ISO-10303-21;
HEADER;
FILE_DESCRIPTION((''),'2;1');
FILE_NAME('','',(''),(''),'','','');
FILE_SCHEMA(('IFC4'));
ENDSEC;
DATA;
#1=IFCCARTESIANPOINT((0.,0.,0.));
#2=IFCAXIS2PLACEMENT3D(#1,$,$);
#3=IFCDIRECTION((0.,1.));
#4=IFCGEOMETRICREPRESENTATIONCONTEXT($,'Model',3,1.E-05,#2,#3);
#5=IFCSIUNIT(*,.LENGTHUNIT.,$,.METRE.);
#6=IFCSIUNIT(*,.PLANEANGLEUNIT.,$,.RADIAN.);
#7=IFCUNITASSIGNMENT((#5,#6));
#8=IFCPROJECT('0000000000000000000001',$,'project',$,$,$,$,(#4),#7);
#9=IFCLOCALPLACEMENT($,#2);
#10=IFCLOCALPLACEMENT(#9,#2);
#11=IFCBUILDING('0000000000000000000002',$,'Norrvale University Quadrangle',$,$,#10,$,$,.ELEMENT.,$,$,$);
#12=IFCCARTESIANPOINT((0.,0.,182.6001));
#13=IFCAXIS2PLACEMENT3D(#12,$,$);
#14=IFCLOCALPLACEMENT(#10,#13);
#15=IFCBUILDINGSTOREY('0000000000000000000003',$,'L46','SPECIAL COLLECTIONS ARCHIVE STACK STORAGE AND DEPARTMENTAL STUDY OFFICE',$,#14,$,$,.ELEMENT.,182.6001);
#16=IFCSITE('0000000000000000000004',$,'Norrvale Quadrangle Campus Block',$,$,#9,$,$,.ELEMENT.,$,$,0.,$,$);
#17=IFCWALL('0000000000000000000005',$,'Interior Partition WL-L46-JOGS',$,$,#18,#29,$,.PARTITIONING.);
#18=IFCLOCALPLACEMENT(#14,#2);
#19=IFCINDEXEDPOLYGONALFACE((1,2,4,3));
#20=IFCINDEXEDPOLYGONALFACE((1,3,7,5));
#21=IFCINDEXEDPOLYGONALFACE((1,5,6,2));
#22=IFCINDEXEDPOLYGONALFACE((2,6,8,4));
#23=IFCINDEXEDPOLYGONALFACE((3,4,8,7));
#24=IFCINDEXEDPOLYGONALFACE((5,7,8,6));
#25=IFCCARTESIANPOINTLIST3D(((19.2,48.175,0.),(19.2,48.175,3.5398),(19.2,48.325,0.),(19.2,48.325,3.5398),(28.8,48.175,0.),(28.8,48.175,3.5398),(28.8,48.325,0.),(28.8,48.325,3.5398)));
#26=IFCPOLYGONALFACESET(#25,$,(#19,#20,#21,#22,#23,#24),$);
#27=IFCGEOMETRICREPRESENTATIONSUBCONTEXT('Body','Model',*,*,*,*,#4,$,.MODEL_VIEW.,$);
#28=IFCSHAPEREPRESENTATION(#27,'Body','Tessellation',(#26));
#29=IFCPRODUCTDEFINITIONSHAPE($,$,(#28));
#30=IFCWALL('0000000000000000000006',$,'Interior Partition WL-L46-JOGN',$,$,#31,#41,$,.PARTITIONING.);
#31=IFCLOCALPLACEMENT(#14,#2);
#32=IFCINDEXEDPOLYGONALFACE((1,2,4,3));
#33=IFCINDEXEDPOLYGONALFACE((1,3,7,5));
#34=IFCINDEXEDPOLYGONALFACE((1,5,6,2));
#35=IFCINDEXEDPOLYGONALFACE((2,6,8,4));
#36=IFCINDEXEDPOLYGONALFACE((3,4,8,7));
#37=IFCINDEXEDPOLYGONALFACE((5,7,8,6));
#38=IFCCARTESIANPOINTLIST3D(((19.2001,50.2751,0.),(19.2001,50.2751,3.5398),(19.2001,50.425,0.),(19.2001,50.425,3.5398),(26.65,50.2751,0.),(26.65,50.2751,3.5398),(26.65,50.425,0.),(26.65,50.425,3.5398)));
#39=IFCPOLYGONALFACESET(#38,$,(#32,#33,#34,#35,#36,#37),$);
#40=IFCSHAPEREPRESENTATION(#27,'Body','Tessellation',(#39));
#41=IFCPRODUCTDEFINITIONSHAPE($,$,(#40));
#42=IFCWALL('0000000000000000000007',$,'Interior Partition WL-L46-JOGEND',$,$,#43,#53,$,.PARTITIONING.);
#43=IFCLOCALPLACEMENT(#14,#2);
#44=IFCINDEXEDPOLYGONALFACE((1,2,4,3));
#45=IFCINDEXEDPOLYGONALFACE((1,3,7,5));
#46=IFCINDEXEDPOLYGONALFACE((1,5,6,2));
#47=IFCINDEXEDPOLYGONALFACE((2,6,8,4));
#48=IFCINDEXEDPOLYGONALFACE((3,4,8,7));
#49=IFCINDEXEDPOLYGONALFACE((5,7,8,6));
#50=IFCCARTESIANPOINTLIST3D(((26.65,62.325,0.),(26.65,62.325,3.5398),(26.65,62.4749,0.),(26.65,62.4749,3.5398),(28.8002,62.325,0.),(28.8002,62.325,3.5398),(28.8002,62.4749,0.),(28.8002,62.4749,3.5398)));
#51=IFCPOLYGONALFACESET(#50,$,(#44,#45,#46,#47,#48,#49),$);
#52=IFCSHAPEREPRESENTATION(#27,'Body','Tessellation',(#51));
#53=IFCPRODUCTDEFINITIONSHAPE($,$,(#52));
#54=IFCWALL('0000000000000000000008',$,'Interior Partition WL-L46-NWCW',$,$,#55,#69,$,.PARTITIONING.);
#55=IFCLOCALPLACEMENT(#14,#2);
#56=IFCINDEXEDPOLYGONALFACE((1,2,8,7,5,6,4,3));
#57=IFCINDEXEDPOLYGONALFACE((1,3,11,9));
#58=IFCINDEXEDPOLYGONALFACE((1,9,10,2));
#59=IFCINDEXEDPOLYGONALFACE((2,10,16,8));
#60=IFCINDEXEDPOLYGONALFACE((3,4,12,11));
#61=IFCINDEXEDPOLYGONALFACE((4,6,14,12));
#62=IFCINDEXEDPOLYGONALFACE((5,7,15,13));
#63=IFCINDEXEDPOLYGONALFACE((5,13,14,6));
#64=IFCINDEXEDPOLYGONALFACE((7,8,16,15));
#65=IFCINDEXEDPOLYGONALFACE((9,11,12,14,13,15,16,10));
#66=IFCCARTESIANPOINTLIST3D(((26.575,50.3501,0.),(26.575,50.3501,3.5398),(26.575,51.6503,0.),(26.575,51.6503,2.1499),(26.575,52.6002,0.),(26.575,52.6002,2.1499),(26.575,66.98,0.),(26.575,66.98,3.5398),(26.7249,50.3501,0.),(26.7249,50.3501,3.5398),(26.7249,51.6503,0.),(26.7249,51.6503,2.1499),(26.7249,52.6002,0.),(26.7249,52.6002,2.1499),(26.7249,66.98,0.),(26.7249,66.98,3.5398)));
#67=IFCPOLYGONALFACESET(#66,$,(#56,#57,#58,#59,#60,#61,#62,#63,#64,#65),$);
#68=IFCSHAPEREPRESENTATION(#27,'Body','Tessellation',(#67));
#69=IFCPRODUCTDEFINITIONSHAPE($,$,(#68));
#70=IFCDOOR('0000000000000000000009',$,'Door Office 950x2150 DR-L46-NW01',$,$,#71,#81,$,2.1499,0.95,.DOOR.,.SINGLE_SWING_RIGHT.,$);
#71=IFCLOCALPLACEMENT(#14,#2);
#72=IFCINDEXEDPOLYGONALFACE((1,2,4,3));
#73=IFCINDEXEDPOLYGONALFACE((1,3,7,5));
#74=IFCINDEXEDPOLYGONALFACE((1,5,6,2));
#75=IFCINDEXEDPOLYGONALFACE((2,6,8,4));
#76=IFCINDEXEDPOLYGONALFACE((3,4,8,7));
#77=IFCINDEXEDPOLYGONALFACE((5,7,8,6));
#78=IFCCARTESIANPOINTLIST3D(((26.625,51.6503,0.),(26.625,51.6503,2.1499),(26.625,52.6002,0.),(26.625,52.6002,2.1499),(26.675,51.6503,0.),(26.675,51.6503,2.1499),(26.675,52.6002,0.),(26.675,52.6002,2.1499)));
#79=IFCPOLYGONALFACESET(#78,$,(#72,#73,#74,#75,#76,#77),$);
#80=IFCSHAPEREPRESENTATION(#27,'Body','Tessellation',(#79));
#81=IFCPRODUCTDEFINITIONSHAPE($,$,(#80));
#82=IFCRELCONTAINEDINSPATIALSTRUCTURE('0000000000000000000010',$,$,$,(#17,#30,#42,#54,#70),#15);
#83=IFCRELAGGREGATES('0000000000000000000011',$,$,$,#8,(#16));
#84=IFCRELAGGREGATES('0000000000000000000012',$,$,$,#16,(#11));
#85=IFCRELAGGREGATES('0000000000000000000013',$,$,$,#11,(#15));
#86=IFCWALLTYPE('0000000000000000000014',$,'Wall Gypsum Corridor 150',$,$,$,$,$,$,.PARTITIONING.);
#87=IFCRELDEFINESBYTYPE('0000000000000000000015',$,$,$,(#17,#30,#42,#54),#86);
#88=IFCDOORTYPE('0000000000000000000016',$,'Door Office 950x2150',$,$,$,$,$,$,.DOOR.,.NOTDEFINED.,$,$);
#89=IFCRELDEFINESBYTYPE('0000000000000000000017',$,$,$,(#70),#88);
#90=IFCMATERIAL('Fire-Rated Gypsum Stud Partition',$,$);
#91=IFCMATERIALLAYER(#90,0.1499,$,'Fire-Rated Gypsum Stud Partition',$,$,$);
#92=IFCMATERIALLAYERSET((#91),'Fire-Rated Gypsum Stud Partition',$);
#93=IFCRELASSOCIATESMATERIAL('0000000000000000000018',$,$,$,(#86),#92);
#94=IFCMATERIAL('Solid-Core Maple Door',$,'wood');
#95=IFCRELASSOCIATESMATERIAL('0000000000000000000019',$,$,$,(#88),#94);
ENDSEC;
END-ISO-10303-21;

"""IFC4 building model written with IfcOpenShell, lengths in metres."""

from ifc_helpers import new_model, si_unit, direction, frame, frame_2d, origin, place, context, subcontext, project, spatial, rectangle, extrude, material, layer, layer_set, type_object, element, fill, save


model = new_model("IFC4")

# Units and contexts
model_context = context("Model", 3, precision=1e-05, world=origin(), true_north=direction((0.0, 1.0)))
body_context = subcontext(model_context, "Body", "Model", "MODEL_VIEW")
ifc_project = project(units=[si_unit("LENGTHUNIT", "METRE"), si_unit("PLANEANGLEUNIT", "RADIAN")], contexts=[model_context])

# Site, building, storey
site_placement = place(None, origin())
site = spatial("IfcSite", under=ifc_project, at=site_placement, Name="Norrvale Quadrangle Campus Block", CompositionType="ELEMENT", RefElevation=0.0)
building_placement = place(site_placement, origin())
building = spatial("IfcBuilding", under=site, at=building_placement, Name="Norrvale University Quadrangle", CompositionType="ELEMENT")
storey_placement = place(building_placement, frame((0.0, 0.0, 182.6001)))
storey = spatial("IfcBuildingStorey", under=building, at=storey_placement, Name="L46", Description="SPECIAL COLLECTIONS ARCHIVE STACK STORAGE AND DEPARTMENTAL STUDY OFFICE", CompositionType="ELEMENT", Elevation=182.6001)

# Shared definitions
ifc_material_1 = material(Name="Fire-Rated Gypsum Stud Partition")
ifc_layer_1 = layer(ifc_material_1, 0.1499, Name="Fire-Rated Gypsum Stud Partition")
ifc_layer_set_1 = layer_set([ifc_layer_1], Name="Fire-Rated Gypsum Stud Partition")
wall_type_1 = type_object("IfcWallType", Name="Wall Gypsum Corridor 150", PredefinedType="PARTITIONING", material=ifc_layer_set_1)
ifc_material_2 = material(Name="Solid-Core Maple Door", Category="wood")
door_type = type_object("IfcDoorType", Name="Door Office 950x2150", OperationType="NOTDEFINED", PredefinedType="DOOR", material=ifc_material_2)

# Walls
wall_1_placement = place(storey_placement, frame((19.2, 48.25, 0.0), z_axis=(0.0, 0.0, 1.0), x_axis=(1.0, 0.0, 0.0)))
element("IfcWall", 1, at=wall_1_placement, inside=storey, type_object=wall_type_1, Name="Interior Partition WL-L46-JOGS", PredefinedType="PARTITIONING", context=body_context, shape_type="SweptSolid", body=[
    extrude(rectangle(XDim=9.6001, YDim=0.1499, at=frame_2d((4.8, 0.0))), origin(), (0.0, 0.0, 1.0), 3.5398),
])
wall_2_placement = place(storey_placement, frame((19.2, 50.3501, 0.0), z_axis=(0.0, 0.0, 1.0), x_axis=(1.0, 0.0, 0.0)))
element("IfcWall", 2, at=wall_2_placement, inside=storey, type_object=wall_type_1, Name="Interior Partition WL-L46-JOGN", PredefinedType="PARTITIONING", context=body_context, shape_type="SweptSolid", body=[
    extrude(rectangle(XDim=7.45, YDim=0.1499, at=frame_2d((3.7251, 0.0))), origin(), (0.0, 0.0, 1.0), 3.5398),
])
wall_3_placement = place(storey_placement, frame((26.6499, 62.3999, 0.0), z_axis=(0.0, 0.0, 1.0), x_axis=(1.0, 0.0, 0.0)))
element("IfcWall", 3, at=wall_3_placement, inside=storey, type_object=wall_type_1, Name="Interior Partition WL-L46-JOGEND", PredefinedType="PARTITIONING", context=body_context, shape_type="SweptSolid", body=[
    extrude(rectangle(XDim=2.1501, YDim=0.1499, at=frame_2d((1.0752, 0.0))), origin(), (0.0, 0.0, 1.0), 3.5398),
])

# Wall, opening, door
wall_4_placement = place(storey_placement, frame((26.6499, 50.3501, 0.0), z_axis=(0.0, 0.0, 1.0), x_axis=(0.0, 1.0, 0.0)))
wall_4 = element("IfcWall", 4, at=wall_4_placement, inside=storey, type_object=wall_type_1, Name="Interior Partition WL-L46-NWCW", PredefinedType="PARTITIONING", context=body_context, shape_type="SweptSolid", body=[
    extrude(rectangle(XDim=16.6299, YDim=0.1499, at=frame_2d((8.3149, 0.0))), origin(), (0.0, 0.0, 1.0), 3.5398),
])
opening_1_placement = place(wall_4_placement, frame((1.3, 0.0, 0.0)))
opening_1 = element("IfcOpeningElement", 5, at=opening_1_placement, cuts=wall_4, PredefinedType="OPENING", context=body_context, shape_type="SweptSolid", body=[
    extrude(rectangle(XDim=0.95, YDim=2.1499, at=frame_2d((0.4751, 1.075))), frame((0.0, 0.0869, 0.0), z_axis=(0.0, -1.0, 0.0), x_axis=(1.0, 0.0, 0.0)), (0.0, 0.0, 1.0), 0.1738),
])
door_1_placement = place(opening_1_placement, origin())
door_1 = element("IfcDoor", 6, at=door_1_placement, inside=storey, type_object=door_type, Name="Door Office 950x2150 DR-L46-NW01", OperationType="SINGLE_SWING_RIGHT", OverallHeight=2.1499, OverallWidth=0.95, PredefinedType="DOOR", context=body_context, shape_type="SweptSolid", body=[
    extrude(rectangle(XDim=0.95, YDim=2.1499, at=frame_2d((0.4751, 1.075))), frame((0.0, 0.0249, 0.0), z_axis=(0.0, -1.0, 0.0), x_axis=(1.0, 0.0, 0.0)), (0.0, 0.0, 1.0), 0.05),
])
fill(opening_1, door_1)

save(model, "model.ifc")
